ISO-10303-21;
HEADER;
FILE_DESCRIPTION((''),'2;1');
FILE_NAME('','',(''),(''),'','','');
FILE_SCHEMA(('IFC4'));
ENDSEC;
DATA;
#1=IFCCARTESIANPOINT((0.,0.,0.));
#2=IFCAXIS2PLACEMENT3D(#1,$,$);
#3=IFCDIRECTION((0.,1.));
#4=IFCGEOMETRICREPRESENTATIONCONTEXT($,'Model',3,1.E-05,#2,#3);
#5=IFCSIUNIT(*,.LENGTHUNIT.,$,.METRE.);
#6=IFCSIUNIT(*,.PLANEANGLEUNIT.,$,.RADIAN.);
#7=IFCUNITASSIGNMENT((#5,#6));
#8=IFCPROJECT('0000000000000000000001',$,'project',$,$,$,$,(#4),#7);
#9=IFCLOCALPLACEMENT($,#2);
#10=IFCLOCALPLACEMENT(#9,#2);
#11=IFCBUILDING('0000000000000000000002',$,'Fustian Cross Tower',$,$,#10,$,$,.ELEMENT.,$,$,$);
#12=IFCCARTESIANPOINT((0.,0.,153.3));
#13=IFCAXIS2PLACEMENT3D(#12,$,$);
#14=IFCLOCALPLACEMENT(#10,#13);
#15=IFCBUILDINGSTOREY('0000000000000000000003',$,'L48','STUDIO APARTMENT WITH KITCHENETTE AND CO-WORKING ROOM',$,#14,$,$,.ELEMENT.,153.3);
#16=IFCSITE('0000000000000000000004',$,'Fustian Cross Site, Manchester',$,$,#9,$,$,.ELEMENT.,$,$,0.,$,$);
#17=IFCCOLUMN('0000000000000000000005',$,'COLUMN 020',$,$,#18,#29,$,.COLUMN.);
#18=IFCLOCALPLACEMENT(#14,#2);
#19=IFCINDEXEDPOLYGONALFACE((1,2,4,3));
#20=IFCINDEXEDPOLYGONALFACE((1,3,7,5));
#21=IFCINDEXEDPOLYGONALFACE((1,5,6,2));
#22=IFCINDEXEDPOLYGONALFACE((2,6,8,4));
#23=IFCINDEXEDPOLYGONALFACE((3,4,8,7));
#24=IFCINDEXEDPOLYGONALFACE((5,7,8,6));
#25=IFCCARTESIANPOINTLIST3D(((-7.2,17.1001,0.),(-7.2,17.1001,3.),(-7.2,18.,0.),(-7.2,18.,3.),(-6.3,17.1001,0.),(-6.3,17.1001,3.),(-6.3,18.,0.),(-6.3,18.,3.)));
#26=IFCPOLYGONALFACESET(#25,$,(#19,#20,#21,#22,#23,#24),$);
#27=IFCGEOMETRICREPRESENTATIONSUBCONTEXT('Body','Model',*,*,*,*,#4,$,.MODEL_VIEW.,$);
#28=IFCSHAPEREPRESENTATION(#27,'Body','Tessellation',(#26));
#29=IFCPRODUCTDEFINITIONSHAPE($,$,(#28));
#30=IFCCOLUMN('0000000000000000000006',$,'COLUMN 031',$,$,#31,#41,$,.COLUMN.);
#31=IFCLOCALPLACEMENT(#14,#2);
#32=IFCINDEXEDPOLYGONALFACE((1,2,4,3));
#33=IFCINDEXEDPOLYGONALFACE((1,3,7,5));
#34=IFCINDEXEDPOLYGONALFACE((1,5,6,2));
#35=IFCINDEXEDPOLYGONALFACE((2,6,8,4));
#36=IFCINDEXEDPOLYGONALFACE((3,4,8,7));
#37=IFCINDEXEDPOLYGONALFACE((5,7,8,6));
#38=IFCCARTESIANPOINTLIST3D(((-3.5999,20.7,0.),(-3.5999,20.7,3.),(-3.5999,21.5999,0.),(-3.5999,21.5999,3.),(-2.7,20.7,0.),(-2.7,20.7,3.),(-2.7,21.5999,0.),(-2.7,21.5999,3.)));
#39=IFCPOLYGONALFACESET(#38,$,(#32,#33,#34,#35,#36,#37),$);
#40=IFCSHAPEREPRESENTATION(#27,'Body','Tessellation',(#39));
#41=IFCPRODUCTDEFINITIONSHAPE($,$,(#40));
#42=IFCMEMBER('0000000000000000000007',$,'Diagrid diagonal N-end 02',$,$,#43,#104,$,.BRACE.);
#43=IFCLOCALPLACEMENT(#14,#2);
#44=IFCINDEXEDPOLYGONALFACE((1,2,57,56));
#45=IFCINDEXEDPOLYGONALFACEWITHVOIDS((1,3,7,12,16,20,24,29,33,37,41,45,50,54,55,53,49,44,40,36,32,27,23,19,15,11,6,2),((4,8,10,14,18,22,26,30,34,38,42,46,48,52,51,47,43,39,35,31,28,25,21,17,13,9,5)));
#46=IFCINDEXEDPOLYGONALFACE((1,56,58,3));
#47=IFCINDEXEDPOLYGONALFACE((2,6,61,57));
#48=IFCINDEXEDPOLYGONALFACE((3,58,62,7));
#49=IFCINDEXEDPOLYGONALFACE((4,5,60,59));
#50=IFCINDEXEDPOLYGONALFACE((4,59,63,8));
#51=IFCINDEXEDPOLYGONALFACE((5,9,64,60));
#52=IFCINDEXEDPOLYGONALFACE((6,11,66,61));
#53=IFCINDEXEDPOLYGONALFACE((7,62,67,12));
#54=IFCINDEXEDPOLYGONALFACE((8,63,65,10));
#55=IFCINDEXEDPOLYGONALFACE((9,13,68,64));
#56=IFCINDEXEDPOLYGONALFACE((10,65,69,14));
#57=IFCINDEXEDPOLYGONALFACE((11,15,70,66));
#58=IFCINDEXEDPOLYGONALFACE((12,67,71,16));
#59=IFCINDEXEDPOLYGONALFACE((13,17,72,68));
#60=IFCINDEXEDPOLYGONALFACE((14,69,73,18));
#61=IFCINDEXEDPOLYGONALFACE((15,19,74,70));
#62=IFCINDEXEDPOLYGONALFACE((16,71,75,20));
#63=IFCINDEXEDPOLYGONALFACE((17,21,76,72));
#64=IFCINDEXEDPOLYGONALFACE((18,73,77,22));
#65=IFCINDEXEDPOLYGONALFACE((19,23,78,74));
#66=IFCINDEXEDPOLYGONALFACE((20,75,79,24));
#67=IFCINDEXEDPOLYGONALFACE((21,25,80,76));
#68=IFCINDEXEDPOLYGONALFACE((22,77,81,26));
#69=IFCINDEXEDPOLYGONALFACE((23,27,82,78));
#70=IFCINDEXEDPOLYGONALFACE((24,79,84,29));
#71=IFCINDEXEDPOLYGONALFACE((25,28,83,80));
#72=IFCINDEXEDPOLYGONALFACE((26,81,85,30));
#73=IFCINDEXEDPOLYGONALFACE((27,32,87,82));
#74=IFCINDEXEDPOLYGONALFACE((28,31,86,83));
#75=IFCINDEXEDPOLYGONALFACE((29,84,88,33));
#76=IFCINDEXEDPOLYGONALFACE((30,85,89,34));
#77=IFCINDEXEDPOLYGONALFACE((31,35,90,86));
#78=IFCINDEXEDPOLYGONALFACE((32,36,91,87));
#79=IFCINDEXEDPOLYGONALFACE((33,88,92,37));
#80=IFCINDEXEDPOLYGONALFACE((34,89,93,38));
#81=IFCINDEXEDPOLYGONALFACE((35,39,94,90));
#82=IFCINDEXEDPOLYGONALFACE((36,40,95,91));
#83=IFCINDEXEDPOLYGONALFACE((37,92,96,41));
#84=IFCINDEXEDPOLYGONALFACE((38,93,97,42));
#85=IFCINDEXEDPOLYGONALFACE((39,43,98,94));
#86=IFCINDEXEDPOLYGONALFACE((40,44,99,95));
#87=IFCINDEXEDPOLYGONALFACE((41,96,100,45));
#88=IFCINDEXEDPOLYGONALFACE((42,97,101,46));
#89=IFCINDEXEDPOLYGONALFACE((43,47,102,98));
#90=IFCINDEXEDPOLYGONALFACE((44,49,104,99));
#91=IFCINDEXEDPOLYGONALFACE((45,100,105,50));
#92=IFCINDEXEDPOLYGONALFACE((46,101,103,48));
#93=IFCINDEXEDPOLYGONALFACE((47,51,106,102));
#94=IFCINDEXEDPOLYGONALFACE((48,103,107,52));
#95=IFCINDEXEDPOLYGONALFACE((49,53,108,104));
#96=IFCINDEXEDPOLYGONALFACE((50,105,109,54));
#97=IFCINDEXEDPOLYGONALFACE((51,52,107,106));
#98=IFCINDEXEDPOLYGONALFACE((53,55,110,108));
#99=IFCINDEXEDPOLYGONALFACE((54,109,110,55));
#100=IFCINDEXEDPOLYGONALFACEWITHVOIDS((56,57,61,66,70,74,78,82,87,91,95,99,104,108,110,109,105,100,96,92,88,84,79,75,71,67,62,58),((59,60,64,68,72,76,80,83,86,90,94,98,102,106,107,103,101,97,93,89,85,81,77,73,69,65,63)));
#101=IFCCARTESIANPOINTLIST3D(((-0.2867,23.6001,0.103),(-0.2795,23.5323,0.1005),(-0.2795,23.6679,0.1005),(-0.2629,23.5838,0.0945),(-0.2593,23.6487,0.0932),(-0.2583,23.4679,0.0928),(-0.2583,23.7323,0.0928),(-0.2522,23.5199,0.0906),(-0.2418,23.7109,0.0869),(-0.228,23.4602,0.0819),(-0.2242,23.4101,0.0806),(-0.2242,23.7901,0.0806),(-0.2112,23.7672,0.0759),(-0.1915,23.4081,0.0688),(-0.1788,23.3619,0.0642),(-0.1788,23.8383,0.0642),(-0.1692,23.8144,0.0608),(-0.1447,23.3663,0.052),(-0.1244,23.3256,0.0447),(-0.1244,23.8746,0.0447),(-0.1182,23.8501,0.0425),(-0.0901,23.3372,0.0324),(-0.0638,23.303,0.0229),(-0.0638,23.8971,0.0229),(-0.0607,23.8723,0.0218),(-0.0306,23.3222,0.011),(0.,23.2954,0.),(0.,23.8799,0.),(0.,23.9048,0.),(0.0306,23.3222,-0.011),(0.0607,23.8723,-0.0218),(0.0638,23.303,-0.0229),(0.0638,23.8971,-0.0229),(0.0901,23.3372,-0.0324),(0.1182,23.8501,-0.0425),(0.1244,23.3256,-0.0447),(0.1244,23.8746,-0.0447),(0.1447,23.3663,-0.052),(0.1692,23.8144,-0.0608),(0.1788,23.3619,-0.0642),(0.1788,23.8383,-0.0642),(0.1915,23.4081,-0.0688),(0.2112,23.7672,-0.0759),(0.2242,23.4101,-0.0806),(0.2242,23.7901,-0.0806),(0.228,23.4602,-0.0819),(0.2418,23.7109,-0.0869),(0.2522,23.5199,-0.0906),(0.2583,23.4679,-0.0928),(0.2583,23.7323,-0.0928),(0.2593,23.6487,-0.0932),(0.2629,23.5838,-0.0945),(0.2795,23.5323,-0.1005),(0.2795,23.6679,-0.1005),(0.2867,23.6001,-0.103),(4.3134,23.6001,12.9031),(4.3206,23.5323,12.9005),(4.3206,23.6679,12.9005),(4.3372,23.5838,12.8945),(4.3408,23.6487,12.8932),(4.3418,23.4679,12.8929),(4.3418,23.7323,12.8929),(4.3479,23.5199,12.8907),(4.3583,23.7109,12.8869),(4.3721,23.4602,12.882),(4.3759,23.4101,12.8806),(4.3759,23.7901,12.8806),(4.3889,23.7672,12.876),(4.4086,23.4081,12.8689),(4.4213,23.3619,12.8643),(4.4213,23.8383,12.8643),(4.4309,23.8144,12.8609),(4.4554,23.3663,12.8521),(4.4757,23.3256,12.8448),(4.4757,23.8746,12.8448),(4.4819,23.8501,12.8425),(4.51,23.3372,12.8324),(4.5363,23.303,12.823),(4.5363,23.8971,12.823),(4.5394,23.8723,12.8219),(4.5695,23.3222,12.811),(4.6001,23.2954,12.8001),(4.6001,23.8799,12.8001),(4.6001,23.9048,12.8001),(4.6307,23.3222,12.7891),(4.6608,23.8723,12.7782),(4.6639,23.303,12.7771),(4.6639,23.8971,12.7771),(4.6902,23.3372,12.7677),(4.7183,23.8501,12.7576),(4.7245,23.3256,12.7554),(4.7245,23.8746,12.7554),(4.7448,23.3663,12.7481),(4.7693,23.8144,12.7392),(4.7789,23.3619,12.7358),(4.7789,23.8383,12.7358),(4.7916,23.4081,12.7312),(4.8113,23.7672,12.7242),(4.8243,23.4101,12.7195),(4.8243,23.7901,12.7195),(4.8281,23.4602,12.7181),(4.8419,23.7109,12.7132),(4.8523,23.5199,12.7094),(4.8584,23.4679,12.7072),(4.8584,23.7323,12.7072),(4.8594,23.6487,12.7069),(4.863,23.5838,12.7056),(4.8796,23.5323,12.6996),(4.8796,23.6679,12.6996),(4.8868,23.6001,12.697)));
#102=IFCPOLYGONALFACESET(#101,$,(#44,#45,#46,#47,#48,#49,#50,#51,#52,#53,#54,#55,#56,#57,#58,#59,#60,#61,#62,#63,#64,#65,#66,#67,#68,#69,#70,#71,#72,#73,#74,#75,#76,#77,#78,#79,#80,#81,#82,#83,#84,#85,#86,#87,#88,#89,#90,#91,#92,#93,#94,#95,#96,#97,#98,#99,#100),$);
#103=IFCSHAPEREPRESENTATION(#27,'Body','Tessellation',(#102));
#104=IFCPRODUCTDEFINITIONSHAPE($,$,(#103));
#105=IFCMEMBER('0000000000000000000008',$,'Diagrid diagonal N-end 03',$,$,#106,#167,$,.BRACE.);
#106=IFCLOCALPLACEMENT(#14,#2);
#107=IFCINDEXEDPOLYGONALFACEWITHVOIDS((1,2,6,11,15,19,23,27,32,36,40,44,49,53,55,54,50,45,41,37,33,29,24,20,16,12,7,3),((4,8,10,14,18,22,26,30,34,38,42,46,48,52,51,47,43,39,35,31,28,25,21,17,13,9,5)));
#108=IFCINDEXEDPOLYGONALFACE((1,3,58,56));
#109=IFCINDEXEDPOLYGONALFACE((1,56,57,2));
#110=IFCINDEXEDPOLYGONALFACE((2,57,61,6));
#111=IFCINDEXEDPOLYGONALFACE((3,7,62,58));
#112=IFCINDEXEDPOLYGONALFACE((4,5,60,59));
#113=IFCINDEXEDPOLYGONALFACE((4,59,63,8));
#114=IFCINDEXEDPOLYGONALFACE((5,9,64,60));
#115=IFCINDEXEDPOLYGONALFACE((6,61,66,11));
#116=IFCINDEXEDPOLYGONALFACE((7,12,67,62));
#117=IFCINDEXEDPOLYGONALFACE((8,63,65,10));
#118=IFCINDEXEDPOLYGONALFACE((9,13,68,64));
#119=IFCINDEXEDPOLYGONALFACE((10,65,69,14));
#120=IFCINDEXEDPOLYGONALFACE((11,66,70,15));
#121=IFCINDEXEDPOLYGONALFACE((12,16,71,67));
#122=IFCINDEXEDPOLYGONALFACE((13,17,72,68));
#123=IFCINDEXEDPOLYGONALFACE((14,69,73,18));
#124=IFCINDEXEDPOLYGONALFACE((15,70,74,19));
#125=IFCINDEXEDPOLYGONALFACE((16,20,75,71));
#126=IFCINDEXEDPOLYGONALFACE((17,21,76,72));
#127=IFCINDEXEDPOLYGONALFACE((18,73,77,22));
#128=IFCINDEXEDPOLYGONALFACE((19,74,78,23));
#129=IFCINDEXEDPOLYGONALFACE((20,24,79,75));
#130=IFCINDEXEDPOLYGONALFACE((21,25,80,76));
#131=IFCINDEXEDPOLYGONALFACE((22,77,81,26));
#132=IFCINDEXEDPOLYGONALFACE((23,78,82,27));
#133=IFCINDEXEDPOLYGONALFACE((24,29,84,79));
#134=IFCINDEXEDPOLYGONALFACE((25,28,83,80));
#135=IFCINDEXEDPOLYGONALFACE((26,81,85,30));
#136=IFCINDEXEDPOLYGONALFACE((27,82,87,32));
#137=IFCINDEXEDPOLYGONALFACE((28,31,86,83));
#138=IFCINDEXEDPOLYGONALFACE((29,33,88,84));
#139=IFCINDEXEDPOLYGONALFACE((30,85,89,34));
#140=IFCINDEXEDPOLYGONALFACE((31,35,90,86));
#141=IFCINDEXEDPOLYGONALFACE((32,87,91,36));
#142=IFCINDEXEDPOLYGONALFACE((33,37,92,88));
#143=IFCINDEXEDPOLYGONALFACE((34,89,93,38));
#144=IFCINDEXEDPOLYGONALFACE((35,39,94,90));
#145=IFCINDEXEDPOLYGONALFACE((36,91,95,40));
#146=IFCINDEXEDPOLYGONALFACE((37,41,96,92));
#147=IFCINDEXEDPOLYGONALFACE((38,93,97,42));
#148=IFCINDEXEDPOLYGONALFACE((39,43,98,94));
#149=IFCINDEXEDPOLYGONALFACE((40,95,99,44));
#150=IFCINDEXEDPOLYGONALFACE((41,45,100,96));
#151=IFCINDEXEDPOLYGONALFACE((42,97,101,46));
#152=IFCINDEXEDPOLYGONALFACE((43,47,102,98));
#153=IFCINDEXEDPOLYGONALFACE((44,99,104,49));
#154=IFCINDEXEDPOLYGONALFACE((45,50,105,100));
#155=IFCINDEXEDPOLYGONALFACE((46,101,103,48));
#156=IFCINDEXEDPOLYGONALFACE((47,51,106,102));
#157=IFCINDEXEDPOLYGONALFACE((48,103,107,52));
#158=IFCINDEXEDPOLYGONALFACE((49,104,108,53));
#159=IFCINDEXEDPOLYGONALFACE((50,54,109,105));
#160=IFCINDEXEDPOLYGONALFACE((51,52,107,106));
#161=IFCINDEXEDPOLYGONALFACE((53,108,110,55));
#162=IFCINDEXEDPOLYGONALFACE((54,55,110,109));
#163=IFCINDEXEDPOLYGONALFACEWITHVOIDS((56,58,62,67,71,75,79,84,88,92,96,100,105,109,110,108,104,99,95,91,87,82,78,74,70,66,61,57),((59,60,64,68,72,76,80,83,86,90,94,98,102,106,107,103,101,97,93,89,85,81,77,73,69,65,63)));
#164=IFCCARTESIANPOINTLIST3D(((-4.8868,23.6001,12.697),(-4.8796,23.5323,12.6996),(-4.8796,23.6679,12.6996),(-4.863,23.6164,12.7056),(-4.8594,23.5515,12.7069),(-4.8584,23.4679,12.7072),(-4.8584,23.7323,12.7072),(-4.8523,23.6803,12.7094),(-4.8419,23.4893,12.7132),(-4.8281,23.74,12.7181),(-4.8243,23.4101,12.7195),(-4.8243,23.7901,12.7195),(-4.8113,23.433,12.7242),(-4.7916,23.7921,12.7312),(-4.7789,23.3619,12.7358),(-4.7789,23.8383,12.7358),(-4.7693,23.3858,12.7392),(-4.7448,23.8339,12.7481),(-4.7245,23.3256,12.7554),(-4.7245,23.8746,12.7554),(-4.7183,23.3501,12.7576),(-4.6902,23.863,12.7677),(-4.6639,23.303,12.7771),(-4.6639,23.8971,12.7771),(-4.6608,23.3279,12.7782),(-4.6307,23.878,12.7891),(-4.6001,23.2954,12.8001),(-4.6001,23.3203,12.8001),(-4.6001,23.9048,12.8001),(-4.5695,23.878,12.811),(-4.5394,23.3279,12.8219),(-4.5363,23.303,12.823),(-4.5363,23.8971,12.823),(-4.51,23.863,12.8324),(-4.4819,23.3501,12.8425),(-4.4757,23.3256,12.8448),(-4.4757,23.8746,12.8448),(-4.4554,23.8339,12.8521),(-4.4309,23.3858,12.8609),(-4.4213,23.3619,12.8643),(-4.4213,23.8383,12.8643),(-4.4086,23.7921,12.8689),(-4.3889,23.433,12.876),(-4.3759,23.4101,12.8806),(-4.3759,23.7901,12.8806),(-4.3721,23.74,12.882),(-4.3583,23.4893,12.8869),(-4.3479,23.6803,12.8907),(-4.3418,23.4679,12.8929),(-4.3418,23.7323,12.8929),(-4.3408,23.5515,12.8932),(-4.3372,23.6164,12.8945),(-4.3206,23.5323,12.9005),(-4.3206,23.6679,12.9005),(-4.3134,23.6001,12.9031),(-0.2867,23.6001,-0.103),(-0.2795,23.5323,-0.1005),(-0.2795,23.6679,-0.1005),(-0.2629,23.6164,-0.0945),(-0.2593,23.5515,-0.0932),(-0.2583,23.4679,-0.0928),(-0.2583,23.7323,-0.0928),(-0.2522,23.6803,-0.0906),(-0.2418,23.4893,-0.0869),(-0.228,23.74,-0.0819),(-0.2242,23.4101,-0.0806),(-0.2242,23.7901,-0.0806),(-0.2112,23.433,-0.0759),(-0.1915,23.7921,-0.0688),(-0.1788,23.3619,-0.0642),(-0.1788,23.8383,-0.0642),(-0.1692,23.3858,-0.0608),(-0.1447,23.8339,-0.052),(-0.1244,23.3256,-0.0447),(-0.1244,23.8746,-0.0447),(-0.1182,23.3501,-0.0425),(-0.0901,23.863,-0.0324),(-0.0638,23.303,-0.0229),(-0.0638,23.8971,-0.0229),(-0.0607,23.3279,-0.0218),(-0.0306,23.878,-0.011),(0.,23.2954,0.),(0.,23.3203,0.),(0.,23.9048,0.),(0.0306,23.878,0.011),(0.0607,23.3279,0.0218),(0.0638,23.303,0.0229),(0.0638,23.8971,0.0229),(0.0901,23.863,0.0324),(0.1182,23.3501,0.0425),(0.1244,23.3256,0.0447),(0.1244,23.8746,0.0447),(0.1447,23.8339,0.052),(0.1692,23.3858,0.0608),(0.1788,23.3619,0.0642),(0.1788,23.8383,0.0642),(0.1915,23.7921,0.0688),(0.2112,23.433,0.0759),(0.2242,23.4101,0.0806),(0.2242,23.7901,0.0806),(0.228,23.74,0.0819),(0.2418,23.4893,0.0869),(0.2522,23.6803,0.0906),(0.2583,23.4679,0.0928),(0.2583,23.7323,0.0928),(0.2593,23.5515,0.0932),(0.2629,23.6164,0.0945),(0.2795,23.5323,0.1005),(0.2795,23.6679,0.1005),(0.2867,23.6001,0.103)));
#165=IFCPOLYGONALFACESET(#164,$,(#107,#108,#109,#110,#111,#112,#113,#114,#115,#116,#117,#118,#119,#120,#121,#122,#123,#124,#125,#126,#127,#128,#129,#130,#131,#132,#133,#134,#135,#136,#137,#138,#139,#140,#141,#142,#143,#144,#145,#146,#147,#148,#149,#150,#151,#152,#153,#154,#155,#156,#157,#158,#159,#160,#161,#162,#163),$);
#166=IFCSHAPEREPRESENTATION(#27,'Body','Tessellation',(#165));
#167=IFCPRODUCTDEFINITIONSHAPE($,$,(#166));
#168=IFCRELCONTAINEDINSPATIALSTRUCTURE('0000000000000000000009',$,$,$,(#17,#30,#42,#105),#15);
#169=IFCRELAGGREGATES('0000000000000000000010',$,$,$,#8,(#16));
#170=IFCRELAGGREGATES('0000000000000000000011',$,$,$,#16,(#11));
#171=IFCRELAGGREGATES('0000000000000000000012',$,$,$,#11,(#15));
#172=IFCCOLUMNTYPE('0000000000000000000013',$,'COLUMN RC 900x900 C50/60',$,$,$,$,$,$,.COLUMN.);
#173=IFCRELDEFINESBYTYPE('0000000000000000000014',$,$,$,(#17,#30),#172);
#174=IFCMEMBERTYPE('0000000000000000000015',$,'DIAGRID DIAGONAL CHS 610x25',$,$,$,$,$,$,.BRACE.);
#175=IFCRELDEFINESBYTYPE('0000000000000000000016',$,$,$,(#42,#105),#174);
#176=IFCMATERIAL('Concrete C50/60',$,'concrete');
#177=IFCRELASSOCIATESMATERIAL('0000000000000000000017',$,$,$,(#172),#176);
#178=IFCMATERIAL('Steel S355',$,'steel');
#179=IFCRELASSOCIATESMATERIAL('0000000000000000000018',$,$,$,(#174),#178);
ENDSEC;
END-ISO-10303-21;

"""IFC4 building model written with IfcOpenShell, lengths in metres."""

from ifc_helpers import new_model, si_unit, direction, frame, origin, origin_2d, place, context, subcontext, project, spatial, rectangle, hollow_circle, extrude, material, material_profile, profile_set, type_object, element, save


model = new_model("IFC4")

# Units and contexts
model_context = context("Model", 3, precision=1e-05, world=origin(), true_north=direction((0.0, 1.0)))
body_context = subcontext(model_context, "Body", "Model", "MODEL_VIEW")
ifc_project = project(units=[si_unit("LENGTHUNIT", "METRE"), si_unit("PLANEANGLEUNIT", "RADIAN")], contexts=[model_context])

# Site, building, storey
site_placement = place(None, origin())
site = spatial("IfcSite", under=ifc_project, at=site_placement, Name="Fustian Cross Site, Manchester", CompositionType="ELEMENT", RefElevation=0.0)
building_placement = place(site_placement, origin())
building = spatial("IfcBuilding", under=site, at=building_placement, Name="Fustian Cross Tower", CompositionType="ELEMENT")
storey_placement = place(building_placement, frame((0.0, 0.0, 153.3)))
storey = spatial("IfcBuildingStorey", under=building, at=storey_placement, Name="L48", Description="STUDIO APARTMENT WITH KITCHENETTE AND CO-WORKING ROOM", CompositionType="ELEMENT", Elevation=153.3)

# Columns
ifc_material_1 = material(Name="Concrete C50/60", Category="concrete")
ifc_material_profile_1 = material_profile(ifc_material_1, rectangle(XDim=0.8999, YDim=0.8999, at=origin_2d()), Name="RC 900x900")
ifc_profile_set_1 = profile_set([ifc_material_profile_1], Name="Concrete C50/60")
column_type = type_object("IfcColumnType", Name="COLUMN RC 900x900 C50/60", PredefinedType="COLUMN", material=ifc_profile_set_1)
for number, where, z_axis, x_axis, name in (
    (1, (-6.75, 17.55, 0.0), (0.0, 0.0, 1.0), (1.0, 0.0, 0.0), "COLUMN 020"),
    (2, (-3.1499, 21.1499, 0.0), (0.0, 0.0, 1.0), (1.0, 0.0, 0.0), "COLUMN 031"),
):
    element("IfcColumn", number, at=place(storey_placement, frame(where, z_axis=z_axis, x_axis=x_axis)), inside=storey, type_object=column_type, Name=name, PredefinedType="COLUMN", context=body_context, shape_type="SweptSolid", body=[
        extrude(rectangle(XDim=0.8999, YDim=0.8999, at=origin_2d()), origin(), (0.0, 0.0, 1.0), 3.0),
    ])

# Members
ifc_material_2 = material(Name="Steel S355", Category="steel")
ifc_material_profile_2 = material_profile(ifc_material_2, hollow_circle(Radius=0.3047, WallThickness=0.0249, at=origin_2d()), Name="CHS 610x25")
ifc_profile_set_2 = profile_set([ifc_material_profile_2], Name="Steel S355")
member_type_1 = type_object("IfcMemberType", Name="DIAGRID DIAGONAL CHS 610x25", PredefinedType="BRACE", material=ifc_profile_set_2)
for number, where, z_axis, x_axis, name in (
    (3, (0.0, 23.6001, 0.0), (0.338204, 0.0, 0.941073), (0.0, 1.0, 0.0), "Diagrid diagonal N-end 02"),
    (4, (0.0, 23.6001, 0.0), (-0.338204, 0.0, 0.941073), (0.0, -1.0, 0.0), "Diagrid diagonal N-end 03"),
):
    element("IfcMember", number, at=place(storey_placement, frame(where, z_axis=z_axis, x_axis=x_axis)), inside=storey, type_object=member_type_1, Name=name, PredefinedType="BRACE", context=body_context, shape_type="SweptSolid", body=[
        extrude(hollow_circle(Radius=0.3047, WallThickness=0.0249, at=origin_2d()), origin(), (0.0, 0.0, 1.0), 13.6016),
    ])

save(model, "model.ifc")
